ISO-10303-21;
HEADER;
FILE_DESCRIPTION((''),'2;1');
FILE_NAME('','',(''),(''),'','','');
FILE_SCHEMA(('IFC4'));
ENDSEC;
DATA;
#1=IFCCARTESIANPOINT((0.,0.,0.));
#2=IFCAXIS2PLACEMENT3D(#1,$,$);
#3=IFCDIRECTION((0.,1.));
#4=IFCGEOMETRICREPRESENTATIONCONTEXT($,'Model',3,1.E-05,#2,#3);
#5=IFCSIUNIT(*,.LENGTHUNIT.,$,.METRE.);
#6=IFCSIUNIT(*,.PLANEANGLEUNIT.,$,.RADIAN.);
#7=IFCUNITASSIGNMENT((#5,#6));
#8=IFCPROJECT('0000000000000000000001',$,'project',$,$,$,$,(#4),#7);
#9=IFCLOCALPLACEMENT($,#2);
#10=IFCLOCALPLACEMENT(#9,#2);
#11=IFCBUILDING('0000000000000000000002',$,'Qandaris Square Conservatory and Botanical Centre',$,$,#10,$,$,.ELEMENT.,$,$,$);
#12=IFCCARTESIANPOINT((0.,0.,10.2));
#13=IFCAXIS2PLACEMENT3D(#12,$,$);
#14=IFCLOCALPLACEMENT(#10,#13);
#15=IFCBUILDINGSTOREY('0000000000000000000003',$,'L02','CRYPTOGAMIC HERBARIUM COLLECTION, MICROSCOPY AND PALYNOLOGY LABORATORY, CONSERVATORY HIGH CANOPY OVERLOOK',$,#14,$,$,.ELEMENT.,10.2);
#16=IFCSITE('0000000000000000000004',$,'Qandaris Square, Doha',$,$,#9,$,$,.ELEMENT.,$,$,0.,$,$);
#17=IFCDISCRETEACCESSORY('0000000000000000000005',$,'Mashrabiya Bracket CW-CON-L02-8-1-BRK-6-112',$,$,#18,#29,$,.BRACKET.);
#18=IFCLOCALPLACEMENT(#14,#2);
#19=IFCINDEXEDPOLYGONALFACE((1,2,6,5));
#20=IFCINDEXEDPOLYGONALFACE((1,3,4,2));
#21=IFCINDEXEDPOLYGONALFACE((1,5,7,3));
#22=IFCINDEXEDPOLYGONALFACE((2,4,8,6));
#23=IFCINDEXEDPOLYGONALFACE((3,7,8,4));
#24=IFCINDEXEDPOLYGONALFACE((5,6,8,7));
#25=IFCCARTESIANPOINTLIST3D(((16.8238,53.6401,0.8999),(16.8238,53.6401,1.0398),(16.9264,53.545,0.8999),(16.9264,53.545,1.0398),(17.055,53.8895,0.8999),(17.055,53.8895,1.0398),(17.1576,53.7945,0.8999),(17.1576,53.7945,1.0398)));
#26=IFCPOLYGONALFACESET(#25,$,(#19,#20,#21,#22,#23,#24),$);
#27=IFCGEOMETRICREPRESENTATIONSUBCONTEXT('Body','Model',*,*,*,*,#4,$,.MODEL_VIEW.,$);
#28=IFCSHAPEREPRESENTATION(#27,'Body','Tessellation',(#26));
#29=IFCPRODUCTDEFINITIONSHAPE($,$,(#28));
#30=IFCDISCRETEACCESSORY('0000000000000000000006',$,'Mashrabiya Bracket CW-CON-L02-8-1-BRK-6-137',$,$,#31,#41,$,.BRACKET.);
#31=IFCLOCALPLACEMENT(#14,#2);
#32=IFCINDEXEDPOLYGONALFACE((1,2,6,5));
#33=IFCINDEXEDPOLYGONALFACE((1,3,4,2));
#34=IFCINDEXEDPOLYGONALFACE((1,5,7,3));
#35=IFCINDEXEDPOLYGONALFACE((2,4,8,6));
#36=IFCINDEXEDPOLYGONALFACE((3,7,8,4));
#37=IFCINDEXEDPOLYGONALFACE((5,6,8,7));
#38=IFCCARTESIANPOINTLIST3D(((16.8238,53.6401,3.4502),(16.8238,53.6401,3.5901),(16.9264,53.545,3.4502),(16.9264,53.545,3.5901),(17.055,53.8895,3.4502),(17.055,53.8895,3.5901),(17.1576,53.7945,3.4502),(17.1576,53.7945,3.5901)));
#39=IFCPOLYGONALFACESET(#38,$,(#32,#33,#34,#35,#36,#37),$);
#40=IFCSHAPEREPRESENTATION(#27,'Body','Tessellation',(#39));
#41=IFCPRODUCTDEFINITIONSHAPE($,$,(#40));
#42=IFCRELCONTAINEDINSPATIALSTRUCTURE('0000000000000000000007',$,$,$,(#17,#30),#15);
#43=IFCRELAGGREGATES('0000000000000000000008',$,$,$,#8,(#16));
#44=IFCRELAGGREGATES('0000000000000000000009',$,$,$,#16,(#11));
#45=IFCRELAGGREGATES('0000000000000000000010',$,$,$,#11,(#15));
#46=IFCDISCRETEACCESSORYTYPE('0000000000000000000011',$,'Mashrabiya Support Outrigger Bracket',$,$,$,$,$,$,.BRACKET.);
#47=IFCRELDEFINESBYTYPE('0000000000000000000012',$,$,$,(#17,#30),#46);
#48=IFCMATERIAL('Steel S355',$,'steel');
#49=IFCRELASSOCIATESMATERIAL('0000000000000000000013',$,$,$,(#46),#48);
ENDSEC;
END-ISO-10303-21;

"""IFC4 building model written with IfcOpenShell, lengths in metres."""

from ifc_helpers import new_model, si_unit, direction, frame, origin, origin_2d, place, context, subcontext, project, spatial, rectangle, extrude, material, type_object, element, save


model = new_model("IFC4")

# Units and contexts
model_context = context("Model", 3, precision=1e-05, world=origin(), true_north=direction((0.0, 1.0)))
body_context = subcontext(model_context, "Body", "Model", "MODEL_VIEW")
ifc_project = project(units=[si_unit("LENGTHUNIT", "METRE"), si_unit("PLANEANGLEUNIT", "RADIAN")], contexts=[model_context])

# Site, building, storey
site_placement = place(None, origin())
site = spatial("IfcSite", under=ifc_project, at=site_placement, Name="Qandaris Square, Doha", CompositionType="ELEMENT", RefElevation=0.0)
building_placement = place(site_placement, origin())
building = spatial("IfcBuilding", under=site, at=building_placement, Name="Qandaris Square Conservatory and Botanical Centre", CompositionType="ELEMENT")
storey_placement = place(building_placement, frame((0.0, 0.0, 10.2)))
storey = spatial("IfcBuildingStorey", under=building, at=storey_placement, Name="L02", Description="CRYPTOGAMIC HERBARIUM COLLECTION, MICROSCOPY AND PALYNOLOGY LABORATORY, CONSERVATORY HIGH CANOPY OVERLOOK", CompositionType="ELEMENT", Elevation=10.2)

# Discrete accessories
ifc_material_1 = material(Name="Steel S355", Category="steel")
discrete_accessory_type = type_object("IfcDiscreteAccessoryType", Name="Mashrabiya Support Outrigger Bracket", PredefinedType="BRACKET", material=ifc_material_1)
for number, where, z_axis, x_axis, name in (
    (1, (16.9907, 53.7173, 0.8999), (0.0, 0.0, 1.0), (0.733433, -0.679762, 0.0), "Mashrabiya Bracket CW-CON-L02-8-1-BRK-6-112"),
    (2, (16.9907, 53.7173, 3.4502), (0.0, 0.0, 1.0), (0.733433, -0.679762, 0.0), "Mashrabiya Bracket CW-CON-L02-8-1-BRK-6-137"),
):
    element("IfcDiscreteAccessory", number, at=place(storey_placement, frame(where, z_axis=z_axis, x_axis=x_axis)), inside=storey, type_object=discrete_accessory_type, Name=name, PredefinedType="BRACKET", context=body_context, shape_type="SweptSolid", body=[
        extrude(rectangle(XDim=0.1399, YDim=0.3401, at=origin_2d()), origin(), (0.0, 0.0, 1.0), 0.1399),
    ])

save(model, "model.ifc")
